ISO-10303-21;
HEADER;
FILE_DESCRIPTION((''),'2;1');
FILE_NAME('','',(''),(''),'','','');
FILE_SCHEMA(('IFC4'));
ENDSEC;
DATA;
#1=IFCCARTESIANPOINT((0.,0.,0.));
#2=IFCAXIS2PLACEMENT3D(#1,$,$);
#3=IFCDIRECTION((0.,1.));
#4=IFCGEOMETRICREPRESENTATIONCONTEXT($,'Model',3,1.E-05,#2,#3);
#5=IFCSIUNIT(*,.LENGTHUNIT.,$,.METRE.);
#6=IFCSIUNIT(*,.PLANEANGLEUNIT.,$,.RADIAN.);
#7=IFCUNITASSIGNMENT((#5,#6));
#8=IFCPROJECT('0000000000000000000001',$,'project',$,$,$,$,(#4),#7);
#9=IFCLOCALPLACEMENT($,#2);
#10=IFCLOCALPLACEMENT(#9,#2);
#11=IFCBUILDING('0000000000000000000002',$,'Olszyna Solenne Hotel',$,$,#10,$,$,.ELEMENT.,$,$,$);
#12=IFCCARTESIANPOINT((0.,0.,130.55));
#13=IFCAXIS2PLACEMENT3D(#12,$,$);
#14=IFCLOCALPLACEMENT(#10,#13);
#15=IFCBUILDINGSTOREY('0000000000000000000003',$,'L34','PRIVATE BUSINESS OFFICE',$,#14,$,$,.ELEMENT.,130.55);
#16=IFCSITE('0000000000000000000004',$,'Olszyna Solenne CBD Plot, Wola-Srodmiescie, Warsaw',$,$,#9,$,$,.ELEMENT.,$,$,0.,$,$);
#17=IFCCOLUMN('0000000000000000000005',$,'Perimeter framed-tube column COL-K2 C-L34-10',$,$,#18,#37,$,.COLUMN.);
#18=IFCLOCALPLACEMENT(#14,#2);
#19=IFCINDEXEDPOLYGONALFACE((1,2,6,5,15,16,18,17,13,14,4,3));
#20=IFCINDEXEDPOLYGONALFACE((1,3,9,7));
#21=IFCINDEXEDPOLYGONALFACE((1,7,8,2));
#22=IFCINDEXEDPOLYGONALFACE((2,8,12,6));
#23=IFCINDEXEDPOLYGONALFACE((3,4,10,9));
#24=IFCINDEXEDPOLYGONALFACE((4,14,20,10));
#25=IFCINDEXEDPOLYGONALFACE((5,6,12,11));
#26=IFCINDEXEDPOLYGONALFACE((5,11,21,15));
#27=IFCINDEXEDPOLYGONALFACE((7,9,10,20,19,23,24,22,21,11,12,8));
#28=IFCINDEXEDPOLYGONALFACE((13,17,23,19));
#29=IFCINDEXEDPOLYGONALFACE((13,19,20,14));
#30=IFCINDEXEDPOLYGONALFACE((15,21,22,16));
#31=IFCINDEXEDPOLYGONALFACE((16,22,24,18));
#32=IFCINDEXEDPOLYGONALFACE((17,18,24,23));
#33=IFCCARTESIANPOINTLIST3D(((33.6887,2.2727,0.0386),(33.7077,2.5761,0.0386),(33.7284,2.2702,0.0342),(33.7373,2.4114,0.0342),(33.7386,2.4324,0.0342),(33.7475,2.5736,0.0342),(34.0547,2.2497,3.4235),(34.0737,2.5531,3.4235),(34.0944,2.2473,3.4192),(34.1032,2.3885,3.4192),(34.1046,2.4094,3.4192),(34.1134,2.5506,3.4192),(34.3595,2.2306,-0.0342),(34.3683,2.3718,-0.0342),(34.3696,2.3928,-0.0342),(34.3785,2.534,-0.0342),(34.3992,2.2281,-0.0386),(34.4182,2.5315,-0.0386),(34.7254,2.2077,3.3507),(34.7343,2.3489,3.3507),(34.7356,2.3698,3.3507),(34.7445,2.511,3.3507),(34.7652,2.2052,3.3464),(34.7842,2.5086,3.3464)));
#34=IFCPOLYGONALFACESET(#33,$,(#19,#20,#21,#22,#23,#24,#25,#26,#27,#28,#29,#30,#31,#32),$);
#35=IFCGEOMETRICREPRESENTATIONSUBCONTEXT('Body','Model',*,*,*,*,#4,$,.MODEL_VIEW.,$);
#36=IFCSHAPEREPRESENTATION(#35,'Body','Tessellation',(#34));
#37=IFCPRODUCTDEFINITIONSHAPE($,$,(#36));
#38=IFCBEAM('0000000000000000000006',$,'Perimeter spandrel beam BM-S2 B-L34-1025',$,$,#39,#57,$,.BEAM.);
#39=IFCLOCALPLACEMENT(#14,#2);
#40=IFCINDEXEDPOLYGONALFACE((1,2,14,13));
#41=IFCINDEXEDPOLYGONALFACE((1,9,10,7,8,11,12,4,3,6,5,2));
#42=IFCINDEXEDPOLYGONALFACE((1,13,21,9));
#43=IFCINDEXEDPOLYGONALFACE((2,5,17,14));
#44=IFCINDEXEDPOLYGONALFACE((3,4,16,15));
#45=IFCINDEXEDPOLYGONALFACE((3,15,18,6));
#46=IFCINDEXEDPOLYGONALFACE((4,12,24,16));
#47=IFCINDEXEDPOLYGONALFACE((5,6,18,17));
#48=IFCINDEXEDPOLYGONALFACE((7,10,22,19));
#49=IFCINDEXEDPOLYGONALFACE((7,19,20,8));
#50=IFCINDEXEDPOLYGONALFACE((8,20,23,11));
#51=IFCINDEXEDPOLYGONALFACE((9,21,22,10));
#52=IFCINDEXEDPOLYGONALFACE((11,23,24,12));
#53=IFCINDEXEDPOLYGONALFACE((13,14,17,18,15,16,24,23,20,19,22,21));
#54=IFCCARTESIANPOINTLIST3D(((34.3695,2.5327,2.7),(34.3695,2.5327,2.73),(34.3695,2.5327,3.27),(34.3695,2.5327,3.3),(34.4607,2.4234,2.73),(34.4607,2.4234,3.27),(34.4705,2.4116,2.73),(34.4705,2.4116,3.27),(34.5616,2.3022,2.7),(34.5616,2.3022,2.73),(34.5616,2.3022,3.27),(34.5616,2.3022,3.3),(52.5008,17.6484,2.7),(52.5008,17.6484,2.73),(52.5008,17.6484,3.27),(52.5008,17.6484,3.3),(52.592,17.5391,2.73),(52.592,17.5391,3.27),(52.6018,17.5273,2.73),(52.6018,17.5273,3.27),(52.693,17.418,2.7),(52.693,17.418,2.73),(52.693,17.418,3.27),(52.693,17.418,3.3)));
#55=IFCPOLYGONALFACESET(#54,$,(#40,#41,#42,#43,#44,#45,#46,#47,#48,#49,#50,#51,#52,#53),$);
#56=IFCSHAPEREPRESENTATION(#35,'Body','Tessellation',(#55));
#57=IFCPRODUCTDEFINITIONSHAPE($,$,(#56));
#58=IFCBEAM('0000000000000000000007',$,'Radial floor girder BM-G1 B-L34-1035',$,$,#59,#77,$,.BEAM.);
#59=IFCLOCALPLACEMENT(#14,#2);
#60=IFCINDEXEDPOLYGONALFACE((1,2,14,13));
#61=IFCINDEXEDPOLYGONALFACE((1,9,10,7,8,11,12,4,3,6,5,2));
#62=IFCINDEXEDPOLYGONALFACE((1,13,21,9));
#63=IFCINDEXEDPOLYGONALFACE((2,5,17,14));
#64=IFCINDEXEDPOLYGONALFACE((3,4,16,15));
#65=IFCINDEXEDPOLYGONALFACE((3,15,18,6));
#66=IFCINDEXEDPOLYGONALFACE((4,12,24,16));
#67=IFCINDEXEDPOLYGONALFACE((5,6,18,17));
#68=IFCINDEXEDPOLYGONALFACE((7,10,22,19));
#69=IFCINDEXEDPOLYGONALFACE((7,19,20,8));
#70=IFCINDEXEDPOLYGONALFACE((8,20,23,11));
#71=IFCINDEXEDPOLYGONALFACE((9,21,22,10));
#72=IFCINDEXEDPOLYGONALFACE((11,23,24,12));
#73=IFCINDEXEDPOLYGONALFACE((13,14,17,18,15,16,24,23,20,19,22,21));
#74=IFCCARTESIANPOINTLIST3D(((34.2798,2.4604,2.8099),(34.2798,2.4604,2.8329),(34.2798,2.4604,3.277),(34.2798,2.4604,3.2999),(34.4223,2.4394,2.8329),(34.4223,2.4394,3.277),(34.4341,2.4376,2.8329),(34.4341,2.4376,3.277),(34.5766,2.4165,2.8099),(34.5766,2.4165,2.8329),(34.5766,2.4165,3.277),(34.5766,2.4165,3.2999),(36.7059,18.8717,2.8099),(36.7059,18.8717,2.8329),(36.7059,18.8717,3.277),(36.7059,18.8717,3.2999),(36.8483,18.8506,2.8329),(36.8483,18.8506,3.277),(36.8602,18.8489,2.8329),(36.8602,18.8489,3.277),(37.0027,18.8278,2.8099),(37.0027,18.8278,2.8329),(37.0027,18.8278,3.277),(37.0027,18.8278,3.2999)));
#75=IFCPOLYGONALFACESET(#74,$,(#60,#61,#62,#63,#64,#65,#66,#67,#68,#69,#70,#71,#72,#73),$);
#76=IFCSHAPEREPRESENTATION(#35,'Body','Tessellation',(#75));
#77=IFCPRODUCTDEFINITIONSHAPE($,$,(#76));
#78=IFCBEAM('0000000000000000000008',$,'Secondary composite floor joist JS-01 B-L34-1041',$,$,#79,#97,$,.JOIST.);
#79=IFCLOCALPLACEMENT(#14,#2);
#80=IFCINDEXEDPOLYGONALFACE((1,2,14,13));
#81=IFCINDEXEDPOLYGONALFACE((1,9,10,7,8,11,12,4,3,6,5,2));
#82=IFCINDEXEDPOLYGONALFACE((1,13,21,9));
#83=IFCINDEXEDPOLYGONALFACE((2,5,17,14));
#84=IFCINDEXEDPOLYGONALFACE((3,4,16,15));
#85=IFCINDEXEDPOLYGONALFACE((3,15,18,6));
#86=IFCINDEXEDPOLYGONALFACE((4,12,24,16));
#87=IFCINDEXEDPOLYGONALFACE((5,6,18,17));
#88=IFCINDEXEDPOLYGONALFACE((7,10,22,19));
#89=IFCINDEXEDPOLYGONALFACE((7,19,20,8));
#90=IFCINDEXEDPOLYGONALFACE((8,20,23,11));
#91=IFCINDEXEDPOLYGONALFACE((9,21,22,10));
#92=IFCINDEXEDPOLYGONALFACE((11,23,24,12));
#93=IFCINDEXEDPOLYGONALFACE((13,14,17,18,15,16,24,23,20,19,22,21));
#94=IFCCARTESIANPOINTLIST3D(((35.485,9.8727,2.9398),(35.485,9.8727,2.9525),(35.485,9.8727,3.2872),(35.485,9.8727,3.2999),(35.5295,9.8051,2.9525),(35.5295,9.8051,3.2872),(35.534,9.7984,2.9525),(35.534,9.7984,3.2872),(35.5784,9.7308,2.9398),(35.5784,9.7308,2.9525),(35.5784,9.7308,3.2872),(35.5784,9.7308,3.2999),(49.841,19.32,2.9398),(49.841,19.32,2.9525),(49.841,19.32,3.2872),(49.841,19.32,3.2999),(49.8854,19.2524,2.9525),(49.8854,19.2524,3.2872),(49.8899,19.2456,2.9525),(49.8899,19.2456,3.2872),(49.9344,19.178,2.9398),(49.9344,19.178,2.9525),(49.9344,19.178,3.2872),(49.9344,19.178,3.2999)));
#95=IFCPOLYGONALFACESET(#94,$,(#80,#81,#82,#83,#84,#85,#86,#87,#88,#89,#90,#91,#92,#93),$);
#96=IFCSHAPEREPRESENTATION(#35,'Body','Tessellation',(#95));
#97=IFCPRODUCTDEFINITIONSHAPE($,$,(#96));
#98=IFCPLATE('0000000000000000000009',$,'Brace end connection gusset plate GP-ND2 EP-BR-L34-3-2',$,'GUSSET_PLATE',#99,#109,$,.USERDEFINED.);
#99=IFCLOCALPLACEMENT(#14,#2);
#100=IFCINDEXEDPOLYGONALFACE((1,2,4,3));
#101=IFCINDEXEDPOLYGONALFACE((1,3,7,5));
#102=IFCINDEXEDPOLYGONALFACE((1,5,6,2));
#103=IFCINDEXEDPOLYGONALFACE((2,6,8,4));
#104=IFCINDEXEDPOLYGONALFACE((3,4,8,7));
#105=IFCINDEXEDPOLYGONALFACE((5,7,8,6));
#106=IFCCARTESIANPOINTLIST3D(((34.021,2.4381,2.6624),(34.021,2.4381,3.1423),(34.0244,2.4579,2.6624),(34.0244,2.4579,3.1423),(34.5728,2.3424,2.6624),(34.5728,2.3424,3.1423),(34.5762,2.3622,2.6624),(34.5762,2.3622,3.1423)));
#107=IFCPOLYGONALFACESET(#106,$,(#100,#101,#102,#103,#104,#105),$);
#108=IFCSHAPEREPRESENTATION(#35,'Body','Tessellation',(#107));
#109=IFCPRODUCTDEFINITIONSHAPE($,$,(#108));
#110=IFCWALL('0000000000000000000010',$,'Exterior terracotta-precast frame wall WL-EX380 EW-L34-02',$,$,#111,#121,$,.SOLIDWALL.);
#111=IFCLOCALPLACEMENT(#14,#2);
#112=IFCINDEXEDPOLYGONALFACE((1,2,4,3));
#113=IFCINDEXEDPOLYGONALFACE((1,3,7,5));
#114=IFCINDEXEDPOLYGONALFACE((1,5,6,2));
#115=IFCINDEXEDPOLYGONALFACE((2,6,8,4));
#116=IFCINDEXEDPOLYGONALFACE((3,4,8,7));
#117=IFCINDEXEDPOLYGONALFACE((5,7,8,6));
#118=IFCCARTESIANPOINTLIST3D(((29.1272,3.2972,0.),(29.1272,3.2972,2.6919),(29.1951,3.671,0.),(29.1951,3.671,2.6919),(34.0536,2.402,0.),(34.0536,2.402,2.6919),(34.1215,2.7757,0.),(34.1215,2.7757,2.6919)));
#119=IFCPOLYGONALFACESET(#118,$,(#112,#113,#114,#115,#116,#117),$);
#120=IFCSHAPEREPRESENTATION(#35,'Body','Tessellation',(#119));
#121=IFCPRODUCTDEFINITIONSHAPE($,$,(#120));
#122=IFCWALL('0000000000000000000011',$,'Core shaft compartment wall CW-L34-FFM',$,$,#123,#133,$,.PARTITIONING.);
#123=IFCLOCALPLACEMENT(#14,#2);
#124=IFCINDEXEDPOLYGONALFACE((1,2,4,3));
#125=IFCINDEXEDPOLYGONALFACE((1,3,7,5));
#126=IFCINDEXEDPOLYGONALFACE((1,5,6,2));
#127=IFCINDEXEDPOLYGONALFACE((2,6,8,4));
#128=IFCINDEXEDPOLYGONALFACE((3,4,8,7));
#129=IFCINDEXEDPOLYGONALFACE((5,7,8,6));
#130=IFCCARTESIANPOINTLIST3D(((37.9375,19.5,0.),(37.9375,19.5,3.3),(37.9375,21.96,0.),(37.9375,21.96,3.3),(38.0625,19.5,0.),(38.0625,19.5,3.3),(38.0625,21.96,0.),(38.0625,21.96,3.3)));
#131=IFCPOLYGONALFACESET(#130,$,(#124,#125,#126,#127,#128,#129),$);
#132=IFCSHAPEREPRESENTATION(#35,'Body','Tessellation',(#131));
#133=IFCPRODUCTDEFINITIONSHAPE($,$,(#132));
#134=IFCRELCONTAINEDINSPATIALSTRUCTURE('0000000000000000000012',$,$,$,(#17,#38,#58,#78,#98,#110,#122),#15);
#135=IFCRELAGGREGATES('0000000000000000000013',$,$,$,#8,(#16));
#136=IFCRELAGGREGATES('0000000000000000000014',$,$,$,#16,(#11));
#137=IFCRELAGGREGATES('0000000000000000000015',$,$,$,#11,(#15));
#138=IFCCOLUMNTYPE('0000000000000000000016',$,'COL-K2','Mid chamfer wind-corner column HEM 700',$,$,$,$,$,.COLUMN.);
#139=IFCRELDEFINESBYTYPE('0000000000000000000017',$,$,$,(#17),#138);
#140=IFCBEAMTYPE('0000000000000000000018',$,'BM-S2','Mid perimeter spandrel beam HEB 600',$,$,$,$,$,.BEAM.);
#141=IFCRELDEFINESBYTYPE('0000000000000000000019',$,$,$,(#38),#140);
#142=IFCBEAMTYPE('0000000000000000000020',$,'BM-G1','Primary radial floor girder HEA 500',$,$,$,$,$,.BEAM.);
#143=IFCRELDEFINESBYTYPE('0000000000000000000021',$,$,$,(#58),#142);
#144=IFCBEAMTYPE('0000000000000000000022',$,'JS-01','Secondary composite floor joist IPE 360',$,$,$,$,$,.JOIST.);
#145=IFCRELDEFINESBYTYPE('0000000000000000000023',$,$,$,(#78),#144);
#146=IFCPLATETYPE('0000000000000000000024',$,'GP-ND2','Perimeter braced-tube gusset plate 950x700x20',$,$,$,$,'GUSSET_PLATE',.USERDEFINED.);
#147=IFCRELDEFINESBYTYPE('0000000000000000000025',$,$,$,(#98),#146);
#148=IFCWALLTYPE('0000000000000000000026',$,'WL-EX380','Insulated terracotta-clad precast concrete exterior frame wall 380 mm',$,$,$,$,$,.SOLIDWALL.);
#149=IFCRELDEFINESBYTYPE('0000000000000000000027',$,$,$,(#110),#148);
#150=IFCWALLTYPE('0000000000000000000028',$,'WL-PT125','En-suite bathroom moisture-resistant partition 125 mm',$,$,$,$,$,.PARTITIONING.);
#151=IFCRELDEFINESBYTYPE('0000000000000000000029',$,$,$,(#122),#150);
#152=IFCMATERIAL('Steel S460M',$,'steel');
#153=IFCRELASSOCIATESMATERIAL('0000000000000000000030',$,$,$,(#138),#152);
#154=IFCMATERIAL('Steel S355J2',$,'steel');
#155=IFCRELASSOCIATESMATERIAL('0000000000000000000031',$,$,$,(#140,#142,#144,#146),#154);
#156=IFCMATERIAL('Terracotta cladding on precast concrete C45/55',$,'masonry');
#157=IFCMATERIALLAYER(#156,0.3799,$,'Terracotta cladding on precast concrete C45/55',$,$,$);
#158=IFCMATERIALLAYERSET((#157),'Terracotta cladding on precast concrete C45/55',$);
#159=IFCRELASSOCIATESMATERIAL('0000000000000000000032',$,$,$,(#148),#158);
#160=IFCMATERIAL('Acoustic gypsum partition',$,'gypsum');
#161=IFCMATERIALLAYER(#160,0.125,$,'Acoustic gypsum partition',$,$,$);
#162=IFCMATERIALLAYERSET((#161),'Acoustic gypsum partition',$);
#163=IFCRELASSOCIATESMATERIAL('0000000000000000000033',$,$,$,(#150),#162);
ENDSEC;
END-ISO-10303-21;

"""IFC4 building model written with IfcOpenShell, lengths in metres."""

from ifc_helpers import new_model, si_unit, direction, frame, frame_2d, origin, origin_2d, place, context, subcontext, project, spatial, rectangle, i_section, extrude, source, transform, mapped, material, layer, layer_set, material_profile, profile_set, type_object, element, save


model = new_model("IFC4")

# Units and contexts
model_context = context("Model", 3, precision=1e-05, world=origin(), true_north=direction((0.0, 1.0)))
body_context = subcontext(model_context, "Body", "Model", "MODEL_VIEW")
ifc_project = project(units=[si_unit("LENGTHUNIT", "METRE"), si_unit("PLANEANGLEUNIT", "RADIAN")], contexts=[model_context])

# Site, building, storey
site_placement = place(None, origin())
site = spatial("IfcSite", under=ifc_project, at=site_placement, Name="Olszyna Solenne CBD Plot, Wola-Srodmiescie, Warsaw", CompositionType="ELEMENT", RefElevation=0.0)
building_placement = place(site_placement, origin())
building = spatial("IfcBuilding", under=site, at=building_placement, Name="Olszyna Solenne Hotel", CompositionType="ELEMENT")
storey_placement = place(building_placement, frame((0.0, 0.0, 130.55)))
storey = spatial("IfcBuildingStorey", under=building, at=storey_placement, Name="L34", Description="PRIVATE BUSINESS OFFICE", CompositionType="ELEMENT", Elevation=130.55)

# Column
ifc_material_1 = material(Name="Steel S460M", Category="steel")
ifc_material_profile_1 = material_profile(ifc_material_1, i_section(OverallWidth=0.304, OverallDepth=0.7161, WebThickness=0.021, FlangeThickness=0.04, at=origin_2d()), Name="HEM 700", Category="load-bearing")
ifc_profile_set_1 = profile_set([ifc_material_profile_1], Name="Steel S460M")
column_type = type_object("IfcColumnType", Name="COL-K2", Description="Mid chamfer wind-corner column HEM 700", PredefinedType="COLUMN", material=ifc_profile_set_1)
shared_shape_1 = source(origin(), body_context, "Body", "SweptSolid", [
    extrude(i_section(OverallWidth=0.304, OverallDepth=0.7161, WebThickness=0.021, FlangeThickness=0.04, at=origin_2d()), origin(), (0.0, 0.0, 1.0), 3.4048),
])
column_placement = place(storey_placement, frame((34.0535, 2.4021, 0.0), z_axis=(0.107485, -0.00674, 0.994184), x_axis=(0.062586, 0.99804, 0.0)))
element("IfcColumn", 1, at=column_placement, inside=storey, type_object=column_type, Name="Perimeter framed-tube column COL-K2 C-L34-10", PredefinedType="COLUMN", context=body_context, shape_type="MappedRepresentation", body=[
    mapped(shared_shape_1, transform((0.0, 0.0, 0.0), x_axis=(1.0, 0.0, 0.0), y_axis=(0.0, 1.0, 0.0), z_axis=(0.0, 0.0, 1.0), scale=1.0)),
])

# Beams
ifc_material_2 = material(Name="Steel S355J2", Category="steel")
ifc_material_profile_2 = material_profile(ifc_material_2, i_section(OverallWidth=0.3, OverallDepth=0.6001, WebThickness=0.0154, FlangeThickness=0.03, at=origin_2d()), Name="HEB 600", Category="load-bearing")
ifc_profile_set_2 = profile_set([ifc_material_profile_2], Name="Steel S355J2")
beam_type_1 = type_object("IfcBeamType", Name="BM-S2", Description="Mid perimeter spandrel beam HEB 600", PredefinedType="BEAM", material=ifc_profile_set_2)
shared_shape_2 = source(origin(), body_context, "Body", "SweptSolid", [
    extrude(i_section(OverallWidth=0.3, OverallDepth=0.6001, WebThickness=0.0154, FlangeThickness=0.03, at=origin_2d()), origin(), (0.0, 0.0, 1.0), 23.6057),
])
beam_1_placement = place(storey_placement, frame((34.4656, 2.4175, 3.0), z_axis=(0.768091, 0.640341, 0.0), x_axis=(-0.640341, 0.768091, 0.0)))
element("IfcBeam", 2, at=beam_1_placement, inside=storey, type_object=beam_type_1, Name="Perimeter spandrel beam BM-S2 B-L34-1025", PredefinedType="BEAM", context=body_context, shape_type="MappedRepresentation", body=[
    mapped(shared_shape_2, transform((0.0, 0.0, 0.0), x_axis=(1.0, 0.0, 0.0), y_axis=(0.0, 1.0, 0.0), z_axis=(0.0, 0.0, 1.0), scale=1.0)),
])
ifc_material_profile_3 = material_profile(ifc_material_2, i_section(OverallWidth=0.3, OverallDepth=0.49, WebThickness=0.012, FlangeThickness=0.0229, at=origin_2d()), Name="HEA 500", Category="load-bearing")
ifc_profile_set_3 = profile_set([ifc_material_profile_3], Name="Steel S355J2")
beam_type_2 = type_object("IfcBeamType", Name="BM-G1", Description="Primary radial floor girder HEA 500", PredefinedType="BEAM", material=ifc_profile_set_3)
shared_shape_3 = source(origin(), body_context, "Body", "SweptSolid", [
    extrude(i_section(OverallWidth=0.3, OverallDepth=0.49, WebThickness=0.012, FlangeThickness=0.0229, at=origin_2d()), origin(), (0.0, 0.0, 1.0), 16.5896),
])
beam_2_placement = place(storey_placement, frame((34.4282, 2.4385, 3.0549), z_axis=(0.146239, 0.989249, 0.0), x_axis=(-0.989249, 0.146239, 0.0)))
element("IfcBeam", 3, at=beam_2_placement, inside=storey, type_object=beam_type_2, Name="Radial floor girder BM-G1 B-L34-1035", PredefinedType="BEAM", context=body_context, shape_type="MappedRepresentation", body=[
    mapped(shared_shape_3, transform((0.0, 0.0, 0.0), x_axis=(1.0, 0.0, 0.0), y_axis=(0.0, 1.0, 0.0), z_axis=(0.0, 0.0, 1.0), scale=1.0)),
])
ifc_material_profile_4 = material_profile(ifc_material_2, i_section(OverallWidth=0.1699, OverallDepth=0.3601, WebThickness=0.0081, FlangeThickness=0.0127, at=origin_2d()), Name="IPE 360", Category="load-bearing")
ifc_profile_set_4 = profile_set([ifc_material_profile_4], Name="Steel S355J2")
beam_type_3 = type_object("IfcBeamType", Name="JS-01", Description="Secondary composite floor joist IPE 360", PredefinedType="JOIST", material=ifc_profile_set_4)
shared_shape_4 = source(origin(), body_context, "Body", "SweptSolid", [
    extrude(i_section(OverallWidth=0.1699, OverallDepth=0.3601, WebThickness=0.0081, FlangeThickness=0.0127, at=origin_2d()), origin(), (0.0, 0.0, 1.0), 17.1855),
])
beam_3_placement = place(storey_placement, frame((35.5317, 9.8018, 3.1199), z_axis=(0.835349, 0.54972, 0.0), x_axis=(-0.54972, 0.835349, 0.0)))
element("IfcBeam", 4, at=beam_3_placement, inside=storey, type_object=beam_type_3, Name="Secondary composite floor joist JS-01 B-L34-1041", PredefinedType="JOIST", context=body_context, shape_type="MappedRepresentation", body=[
    mapped(shared_shape_4, transform((0.0, 0.0, 0.0), x_axis=(1.0, 0.0, 0.0), y_axis=(0.0, 1.0, 0.0), z_axis=(0.0, 0.0, 1.0), scale=1.0)),
])

# Plate
plate_type = type_object("IfcPlateType", Name="GP-ND2", Description="Perimeter braced-tube gusset plate 950x700x20", ElementType="GUSSET_PLATE", PredefinedType="USERDEFINED", material=ifc_material_2)
shared_shape_5 = source(origin(), body_context, "Body", "SweptSolid", [
    extrude(rectangle(XDim=0.5601, YDim=0.02, at=origin_2d()), origin(), (0.0, 0.0, 1.0), 0.48),
])
plate_placement = place(storey_placement, frame((34.2986, 2.4001, 2.6624), z_axis=(0.0, 0.0, 1.0), x_axis=(0.985289, -0.170897, 0.0)))
element("IfcPlate", 5, at=plate_placement, inside=storey, type_object=plate_type, Name="Brace end connection gusset plate GP-ND2 EP-BR-L34-3-2", ObjectType="GUSSET_PLATE", PredefinedType="USERDEFINED", context=body_context, shape_type="MappedRepresentation", body=[
    mapped(shared_shape_5, transform((0.0, 0.0, 0.0), x_axis=(1.0, 0.0, 0.0), y_axis=(0.0, 1.0, 0.0), z_axis=(0.0, 0.0, 1.0), scale=1.0)),
])

# Walls
ifc_material_3 = material(Name="Terracotta cladding on precast concrete C45/55", Category="masonry")
ifc_layer_1 = layer(ifc_material_3, 0.3799, Name="Terracotta cladding on precast concrete C45/55")
ifc_layer_set_1 = layer_set([ifc_layer_1], Name="Terracotta cladding on precast concrete C45/55")
wall_type_1 = type_object("IfcWallType", Name="WL-EX380", Description="Insulated terracotta-clad precast concrete exterior frame wall 380 mm", PredefinedType="SOLIDWALL", material=ifc_layer_set_1)
wall_1_placement = place(storey_placement, frame((34.0874, 2.5889, 0.0), z_axis=(0.0, 0.0, 1.0), x_axis=(-0.983886, 0.178795, 0.0)))
element("IfcWall", 6, at=wall_1_placement, inside=storey, type_object=wall_type_1, Name="Exterior terracotta-precast frame wall WL-EX380 EW-L34-02", PredefinedType="SOLIDWALL", context=body_context, shape_type="SweptSolid", body=[
    extrude(rectangle(XDim=5.0071, YDim=0.3799, at=frame_2d((2.5034, 0.0))), origin(), (0.0, 0.0, 1.0), 2.6919),
])
ifc_material_4 = material(Name="Acoustic gypsum partition", Category="gypsum")
ifc_layer_2 = layer(ifc_material_4, 0.125, Name="Acoustic gypsum partition")
ifc_layer_set_2 = layer_set([ifc_layer_2], Name="Acoustic gypsum partition")
wall_type_2 = type_object("IfcWallType", Name="WL-PT125", Description="En-suite bathroom moisture-resistant partition 125 mm", PredefinedType="PARTITIONING", material=ifc_layer_set_2)
wall_2_placement = place(storey_placement, frame((38.0, 19.5, 0.0), z_axis=(0.0, 0.0, 1.0), x_axis=(0.0, 1.0, 0.0)))
element("IfcWall", 7, at=wall_2_placement, inside=storey, type_object=wall_type_2, Name="Core shaft compartment wall CW-L34-FFM", PredefinedType="PARTITIONING", context=body_context, shape_type="SweptSolid", body=[
    extrude(rectangle(XDim=2.46, YDim=0.125, at=frame_2d((1.23, 0.0))), origin(), (0.0, 0.0, 1.0), 3.3),
])

save(model, "model.ifc")
